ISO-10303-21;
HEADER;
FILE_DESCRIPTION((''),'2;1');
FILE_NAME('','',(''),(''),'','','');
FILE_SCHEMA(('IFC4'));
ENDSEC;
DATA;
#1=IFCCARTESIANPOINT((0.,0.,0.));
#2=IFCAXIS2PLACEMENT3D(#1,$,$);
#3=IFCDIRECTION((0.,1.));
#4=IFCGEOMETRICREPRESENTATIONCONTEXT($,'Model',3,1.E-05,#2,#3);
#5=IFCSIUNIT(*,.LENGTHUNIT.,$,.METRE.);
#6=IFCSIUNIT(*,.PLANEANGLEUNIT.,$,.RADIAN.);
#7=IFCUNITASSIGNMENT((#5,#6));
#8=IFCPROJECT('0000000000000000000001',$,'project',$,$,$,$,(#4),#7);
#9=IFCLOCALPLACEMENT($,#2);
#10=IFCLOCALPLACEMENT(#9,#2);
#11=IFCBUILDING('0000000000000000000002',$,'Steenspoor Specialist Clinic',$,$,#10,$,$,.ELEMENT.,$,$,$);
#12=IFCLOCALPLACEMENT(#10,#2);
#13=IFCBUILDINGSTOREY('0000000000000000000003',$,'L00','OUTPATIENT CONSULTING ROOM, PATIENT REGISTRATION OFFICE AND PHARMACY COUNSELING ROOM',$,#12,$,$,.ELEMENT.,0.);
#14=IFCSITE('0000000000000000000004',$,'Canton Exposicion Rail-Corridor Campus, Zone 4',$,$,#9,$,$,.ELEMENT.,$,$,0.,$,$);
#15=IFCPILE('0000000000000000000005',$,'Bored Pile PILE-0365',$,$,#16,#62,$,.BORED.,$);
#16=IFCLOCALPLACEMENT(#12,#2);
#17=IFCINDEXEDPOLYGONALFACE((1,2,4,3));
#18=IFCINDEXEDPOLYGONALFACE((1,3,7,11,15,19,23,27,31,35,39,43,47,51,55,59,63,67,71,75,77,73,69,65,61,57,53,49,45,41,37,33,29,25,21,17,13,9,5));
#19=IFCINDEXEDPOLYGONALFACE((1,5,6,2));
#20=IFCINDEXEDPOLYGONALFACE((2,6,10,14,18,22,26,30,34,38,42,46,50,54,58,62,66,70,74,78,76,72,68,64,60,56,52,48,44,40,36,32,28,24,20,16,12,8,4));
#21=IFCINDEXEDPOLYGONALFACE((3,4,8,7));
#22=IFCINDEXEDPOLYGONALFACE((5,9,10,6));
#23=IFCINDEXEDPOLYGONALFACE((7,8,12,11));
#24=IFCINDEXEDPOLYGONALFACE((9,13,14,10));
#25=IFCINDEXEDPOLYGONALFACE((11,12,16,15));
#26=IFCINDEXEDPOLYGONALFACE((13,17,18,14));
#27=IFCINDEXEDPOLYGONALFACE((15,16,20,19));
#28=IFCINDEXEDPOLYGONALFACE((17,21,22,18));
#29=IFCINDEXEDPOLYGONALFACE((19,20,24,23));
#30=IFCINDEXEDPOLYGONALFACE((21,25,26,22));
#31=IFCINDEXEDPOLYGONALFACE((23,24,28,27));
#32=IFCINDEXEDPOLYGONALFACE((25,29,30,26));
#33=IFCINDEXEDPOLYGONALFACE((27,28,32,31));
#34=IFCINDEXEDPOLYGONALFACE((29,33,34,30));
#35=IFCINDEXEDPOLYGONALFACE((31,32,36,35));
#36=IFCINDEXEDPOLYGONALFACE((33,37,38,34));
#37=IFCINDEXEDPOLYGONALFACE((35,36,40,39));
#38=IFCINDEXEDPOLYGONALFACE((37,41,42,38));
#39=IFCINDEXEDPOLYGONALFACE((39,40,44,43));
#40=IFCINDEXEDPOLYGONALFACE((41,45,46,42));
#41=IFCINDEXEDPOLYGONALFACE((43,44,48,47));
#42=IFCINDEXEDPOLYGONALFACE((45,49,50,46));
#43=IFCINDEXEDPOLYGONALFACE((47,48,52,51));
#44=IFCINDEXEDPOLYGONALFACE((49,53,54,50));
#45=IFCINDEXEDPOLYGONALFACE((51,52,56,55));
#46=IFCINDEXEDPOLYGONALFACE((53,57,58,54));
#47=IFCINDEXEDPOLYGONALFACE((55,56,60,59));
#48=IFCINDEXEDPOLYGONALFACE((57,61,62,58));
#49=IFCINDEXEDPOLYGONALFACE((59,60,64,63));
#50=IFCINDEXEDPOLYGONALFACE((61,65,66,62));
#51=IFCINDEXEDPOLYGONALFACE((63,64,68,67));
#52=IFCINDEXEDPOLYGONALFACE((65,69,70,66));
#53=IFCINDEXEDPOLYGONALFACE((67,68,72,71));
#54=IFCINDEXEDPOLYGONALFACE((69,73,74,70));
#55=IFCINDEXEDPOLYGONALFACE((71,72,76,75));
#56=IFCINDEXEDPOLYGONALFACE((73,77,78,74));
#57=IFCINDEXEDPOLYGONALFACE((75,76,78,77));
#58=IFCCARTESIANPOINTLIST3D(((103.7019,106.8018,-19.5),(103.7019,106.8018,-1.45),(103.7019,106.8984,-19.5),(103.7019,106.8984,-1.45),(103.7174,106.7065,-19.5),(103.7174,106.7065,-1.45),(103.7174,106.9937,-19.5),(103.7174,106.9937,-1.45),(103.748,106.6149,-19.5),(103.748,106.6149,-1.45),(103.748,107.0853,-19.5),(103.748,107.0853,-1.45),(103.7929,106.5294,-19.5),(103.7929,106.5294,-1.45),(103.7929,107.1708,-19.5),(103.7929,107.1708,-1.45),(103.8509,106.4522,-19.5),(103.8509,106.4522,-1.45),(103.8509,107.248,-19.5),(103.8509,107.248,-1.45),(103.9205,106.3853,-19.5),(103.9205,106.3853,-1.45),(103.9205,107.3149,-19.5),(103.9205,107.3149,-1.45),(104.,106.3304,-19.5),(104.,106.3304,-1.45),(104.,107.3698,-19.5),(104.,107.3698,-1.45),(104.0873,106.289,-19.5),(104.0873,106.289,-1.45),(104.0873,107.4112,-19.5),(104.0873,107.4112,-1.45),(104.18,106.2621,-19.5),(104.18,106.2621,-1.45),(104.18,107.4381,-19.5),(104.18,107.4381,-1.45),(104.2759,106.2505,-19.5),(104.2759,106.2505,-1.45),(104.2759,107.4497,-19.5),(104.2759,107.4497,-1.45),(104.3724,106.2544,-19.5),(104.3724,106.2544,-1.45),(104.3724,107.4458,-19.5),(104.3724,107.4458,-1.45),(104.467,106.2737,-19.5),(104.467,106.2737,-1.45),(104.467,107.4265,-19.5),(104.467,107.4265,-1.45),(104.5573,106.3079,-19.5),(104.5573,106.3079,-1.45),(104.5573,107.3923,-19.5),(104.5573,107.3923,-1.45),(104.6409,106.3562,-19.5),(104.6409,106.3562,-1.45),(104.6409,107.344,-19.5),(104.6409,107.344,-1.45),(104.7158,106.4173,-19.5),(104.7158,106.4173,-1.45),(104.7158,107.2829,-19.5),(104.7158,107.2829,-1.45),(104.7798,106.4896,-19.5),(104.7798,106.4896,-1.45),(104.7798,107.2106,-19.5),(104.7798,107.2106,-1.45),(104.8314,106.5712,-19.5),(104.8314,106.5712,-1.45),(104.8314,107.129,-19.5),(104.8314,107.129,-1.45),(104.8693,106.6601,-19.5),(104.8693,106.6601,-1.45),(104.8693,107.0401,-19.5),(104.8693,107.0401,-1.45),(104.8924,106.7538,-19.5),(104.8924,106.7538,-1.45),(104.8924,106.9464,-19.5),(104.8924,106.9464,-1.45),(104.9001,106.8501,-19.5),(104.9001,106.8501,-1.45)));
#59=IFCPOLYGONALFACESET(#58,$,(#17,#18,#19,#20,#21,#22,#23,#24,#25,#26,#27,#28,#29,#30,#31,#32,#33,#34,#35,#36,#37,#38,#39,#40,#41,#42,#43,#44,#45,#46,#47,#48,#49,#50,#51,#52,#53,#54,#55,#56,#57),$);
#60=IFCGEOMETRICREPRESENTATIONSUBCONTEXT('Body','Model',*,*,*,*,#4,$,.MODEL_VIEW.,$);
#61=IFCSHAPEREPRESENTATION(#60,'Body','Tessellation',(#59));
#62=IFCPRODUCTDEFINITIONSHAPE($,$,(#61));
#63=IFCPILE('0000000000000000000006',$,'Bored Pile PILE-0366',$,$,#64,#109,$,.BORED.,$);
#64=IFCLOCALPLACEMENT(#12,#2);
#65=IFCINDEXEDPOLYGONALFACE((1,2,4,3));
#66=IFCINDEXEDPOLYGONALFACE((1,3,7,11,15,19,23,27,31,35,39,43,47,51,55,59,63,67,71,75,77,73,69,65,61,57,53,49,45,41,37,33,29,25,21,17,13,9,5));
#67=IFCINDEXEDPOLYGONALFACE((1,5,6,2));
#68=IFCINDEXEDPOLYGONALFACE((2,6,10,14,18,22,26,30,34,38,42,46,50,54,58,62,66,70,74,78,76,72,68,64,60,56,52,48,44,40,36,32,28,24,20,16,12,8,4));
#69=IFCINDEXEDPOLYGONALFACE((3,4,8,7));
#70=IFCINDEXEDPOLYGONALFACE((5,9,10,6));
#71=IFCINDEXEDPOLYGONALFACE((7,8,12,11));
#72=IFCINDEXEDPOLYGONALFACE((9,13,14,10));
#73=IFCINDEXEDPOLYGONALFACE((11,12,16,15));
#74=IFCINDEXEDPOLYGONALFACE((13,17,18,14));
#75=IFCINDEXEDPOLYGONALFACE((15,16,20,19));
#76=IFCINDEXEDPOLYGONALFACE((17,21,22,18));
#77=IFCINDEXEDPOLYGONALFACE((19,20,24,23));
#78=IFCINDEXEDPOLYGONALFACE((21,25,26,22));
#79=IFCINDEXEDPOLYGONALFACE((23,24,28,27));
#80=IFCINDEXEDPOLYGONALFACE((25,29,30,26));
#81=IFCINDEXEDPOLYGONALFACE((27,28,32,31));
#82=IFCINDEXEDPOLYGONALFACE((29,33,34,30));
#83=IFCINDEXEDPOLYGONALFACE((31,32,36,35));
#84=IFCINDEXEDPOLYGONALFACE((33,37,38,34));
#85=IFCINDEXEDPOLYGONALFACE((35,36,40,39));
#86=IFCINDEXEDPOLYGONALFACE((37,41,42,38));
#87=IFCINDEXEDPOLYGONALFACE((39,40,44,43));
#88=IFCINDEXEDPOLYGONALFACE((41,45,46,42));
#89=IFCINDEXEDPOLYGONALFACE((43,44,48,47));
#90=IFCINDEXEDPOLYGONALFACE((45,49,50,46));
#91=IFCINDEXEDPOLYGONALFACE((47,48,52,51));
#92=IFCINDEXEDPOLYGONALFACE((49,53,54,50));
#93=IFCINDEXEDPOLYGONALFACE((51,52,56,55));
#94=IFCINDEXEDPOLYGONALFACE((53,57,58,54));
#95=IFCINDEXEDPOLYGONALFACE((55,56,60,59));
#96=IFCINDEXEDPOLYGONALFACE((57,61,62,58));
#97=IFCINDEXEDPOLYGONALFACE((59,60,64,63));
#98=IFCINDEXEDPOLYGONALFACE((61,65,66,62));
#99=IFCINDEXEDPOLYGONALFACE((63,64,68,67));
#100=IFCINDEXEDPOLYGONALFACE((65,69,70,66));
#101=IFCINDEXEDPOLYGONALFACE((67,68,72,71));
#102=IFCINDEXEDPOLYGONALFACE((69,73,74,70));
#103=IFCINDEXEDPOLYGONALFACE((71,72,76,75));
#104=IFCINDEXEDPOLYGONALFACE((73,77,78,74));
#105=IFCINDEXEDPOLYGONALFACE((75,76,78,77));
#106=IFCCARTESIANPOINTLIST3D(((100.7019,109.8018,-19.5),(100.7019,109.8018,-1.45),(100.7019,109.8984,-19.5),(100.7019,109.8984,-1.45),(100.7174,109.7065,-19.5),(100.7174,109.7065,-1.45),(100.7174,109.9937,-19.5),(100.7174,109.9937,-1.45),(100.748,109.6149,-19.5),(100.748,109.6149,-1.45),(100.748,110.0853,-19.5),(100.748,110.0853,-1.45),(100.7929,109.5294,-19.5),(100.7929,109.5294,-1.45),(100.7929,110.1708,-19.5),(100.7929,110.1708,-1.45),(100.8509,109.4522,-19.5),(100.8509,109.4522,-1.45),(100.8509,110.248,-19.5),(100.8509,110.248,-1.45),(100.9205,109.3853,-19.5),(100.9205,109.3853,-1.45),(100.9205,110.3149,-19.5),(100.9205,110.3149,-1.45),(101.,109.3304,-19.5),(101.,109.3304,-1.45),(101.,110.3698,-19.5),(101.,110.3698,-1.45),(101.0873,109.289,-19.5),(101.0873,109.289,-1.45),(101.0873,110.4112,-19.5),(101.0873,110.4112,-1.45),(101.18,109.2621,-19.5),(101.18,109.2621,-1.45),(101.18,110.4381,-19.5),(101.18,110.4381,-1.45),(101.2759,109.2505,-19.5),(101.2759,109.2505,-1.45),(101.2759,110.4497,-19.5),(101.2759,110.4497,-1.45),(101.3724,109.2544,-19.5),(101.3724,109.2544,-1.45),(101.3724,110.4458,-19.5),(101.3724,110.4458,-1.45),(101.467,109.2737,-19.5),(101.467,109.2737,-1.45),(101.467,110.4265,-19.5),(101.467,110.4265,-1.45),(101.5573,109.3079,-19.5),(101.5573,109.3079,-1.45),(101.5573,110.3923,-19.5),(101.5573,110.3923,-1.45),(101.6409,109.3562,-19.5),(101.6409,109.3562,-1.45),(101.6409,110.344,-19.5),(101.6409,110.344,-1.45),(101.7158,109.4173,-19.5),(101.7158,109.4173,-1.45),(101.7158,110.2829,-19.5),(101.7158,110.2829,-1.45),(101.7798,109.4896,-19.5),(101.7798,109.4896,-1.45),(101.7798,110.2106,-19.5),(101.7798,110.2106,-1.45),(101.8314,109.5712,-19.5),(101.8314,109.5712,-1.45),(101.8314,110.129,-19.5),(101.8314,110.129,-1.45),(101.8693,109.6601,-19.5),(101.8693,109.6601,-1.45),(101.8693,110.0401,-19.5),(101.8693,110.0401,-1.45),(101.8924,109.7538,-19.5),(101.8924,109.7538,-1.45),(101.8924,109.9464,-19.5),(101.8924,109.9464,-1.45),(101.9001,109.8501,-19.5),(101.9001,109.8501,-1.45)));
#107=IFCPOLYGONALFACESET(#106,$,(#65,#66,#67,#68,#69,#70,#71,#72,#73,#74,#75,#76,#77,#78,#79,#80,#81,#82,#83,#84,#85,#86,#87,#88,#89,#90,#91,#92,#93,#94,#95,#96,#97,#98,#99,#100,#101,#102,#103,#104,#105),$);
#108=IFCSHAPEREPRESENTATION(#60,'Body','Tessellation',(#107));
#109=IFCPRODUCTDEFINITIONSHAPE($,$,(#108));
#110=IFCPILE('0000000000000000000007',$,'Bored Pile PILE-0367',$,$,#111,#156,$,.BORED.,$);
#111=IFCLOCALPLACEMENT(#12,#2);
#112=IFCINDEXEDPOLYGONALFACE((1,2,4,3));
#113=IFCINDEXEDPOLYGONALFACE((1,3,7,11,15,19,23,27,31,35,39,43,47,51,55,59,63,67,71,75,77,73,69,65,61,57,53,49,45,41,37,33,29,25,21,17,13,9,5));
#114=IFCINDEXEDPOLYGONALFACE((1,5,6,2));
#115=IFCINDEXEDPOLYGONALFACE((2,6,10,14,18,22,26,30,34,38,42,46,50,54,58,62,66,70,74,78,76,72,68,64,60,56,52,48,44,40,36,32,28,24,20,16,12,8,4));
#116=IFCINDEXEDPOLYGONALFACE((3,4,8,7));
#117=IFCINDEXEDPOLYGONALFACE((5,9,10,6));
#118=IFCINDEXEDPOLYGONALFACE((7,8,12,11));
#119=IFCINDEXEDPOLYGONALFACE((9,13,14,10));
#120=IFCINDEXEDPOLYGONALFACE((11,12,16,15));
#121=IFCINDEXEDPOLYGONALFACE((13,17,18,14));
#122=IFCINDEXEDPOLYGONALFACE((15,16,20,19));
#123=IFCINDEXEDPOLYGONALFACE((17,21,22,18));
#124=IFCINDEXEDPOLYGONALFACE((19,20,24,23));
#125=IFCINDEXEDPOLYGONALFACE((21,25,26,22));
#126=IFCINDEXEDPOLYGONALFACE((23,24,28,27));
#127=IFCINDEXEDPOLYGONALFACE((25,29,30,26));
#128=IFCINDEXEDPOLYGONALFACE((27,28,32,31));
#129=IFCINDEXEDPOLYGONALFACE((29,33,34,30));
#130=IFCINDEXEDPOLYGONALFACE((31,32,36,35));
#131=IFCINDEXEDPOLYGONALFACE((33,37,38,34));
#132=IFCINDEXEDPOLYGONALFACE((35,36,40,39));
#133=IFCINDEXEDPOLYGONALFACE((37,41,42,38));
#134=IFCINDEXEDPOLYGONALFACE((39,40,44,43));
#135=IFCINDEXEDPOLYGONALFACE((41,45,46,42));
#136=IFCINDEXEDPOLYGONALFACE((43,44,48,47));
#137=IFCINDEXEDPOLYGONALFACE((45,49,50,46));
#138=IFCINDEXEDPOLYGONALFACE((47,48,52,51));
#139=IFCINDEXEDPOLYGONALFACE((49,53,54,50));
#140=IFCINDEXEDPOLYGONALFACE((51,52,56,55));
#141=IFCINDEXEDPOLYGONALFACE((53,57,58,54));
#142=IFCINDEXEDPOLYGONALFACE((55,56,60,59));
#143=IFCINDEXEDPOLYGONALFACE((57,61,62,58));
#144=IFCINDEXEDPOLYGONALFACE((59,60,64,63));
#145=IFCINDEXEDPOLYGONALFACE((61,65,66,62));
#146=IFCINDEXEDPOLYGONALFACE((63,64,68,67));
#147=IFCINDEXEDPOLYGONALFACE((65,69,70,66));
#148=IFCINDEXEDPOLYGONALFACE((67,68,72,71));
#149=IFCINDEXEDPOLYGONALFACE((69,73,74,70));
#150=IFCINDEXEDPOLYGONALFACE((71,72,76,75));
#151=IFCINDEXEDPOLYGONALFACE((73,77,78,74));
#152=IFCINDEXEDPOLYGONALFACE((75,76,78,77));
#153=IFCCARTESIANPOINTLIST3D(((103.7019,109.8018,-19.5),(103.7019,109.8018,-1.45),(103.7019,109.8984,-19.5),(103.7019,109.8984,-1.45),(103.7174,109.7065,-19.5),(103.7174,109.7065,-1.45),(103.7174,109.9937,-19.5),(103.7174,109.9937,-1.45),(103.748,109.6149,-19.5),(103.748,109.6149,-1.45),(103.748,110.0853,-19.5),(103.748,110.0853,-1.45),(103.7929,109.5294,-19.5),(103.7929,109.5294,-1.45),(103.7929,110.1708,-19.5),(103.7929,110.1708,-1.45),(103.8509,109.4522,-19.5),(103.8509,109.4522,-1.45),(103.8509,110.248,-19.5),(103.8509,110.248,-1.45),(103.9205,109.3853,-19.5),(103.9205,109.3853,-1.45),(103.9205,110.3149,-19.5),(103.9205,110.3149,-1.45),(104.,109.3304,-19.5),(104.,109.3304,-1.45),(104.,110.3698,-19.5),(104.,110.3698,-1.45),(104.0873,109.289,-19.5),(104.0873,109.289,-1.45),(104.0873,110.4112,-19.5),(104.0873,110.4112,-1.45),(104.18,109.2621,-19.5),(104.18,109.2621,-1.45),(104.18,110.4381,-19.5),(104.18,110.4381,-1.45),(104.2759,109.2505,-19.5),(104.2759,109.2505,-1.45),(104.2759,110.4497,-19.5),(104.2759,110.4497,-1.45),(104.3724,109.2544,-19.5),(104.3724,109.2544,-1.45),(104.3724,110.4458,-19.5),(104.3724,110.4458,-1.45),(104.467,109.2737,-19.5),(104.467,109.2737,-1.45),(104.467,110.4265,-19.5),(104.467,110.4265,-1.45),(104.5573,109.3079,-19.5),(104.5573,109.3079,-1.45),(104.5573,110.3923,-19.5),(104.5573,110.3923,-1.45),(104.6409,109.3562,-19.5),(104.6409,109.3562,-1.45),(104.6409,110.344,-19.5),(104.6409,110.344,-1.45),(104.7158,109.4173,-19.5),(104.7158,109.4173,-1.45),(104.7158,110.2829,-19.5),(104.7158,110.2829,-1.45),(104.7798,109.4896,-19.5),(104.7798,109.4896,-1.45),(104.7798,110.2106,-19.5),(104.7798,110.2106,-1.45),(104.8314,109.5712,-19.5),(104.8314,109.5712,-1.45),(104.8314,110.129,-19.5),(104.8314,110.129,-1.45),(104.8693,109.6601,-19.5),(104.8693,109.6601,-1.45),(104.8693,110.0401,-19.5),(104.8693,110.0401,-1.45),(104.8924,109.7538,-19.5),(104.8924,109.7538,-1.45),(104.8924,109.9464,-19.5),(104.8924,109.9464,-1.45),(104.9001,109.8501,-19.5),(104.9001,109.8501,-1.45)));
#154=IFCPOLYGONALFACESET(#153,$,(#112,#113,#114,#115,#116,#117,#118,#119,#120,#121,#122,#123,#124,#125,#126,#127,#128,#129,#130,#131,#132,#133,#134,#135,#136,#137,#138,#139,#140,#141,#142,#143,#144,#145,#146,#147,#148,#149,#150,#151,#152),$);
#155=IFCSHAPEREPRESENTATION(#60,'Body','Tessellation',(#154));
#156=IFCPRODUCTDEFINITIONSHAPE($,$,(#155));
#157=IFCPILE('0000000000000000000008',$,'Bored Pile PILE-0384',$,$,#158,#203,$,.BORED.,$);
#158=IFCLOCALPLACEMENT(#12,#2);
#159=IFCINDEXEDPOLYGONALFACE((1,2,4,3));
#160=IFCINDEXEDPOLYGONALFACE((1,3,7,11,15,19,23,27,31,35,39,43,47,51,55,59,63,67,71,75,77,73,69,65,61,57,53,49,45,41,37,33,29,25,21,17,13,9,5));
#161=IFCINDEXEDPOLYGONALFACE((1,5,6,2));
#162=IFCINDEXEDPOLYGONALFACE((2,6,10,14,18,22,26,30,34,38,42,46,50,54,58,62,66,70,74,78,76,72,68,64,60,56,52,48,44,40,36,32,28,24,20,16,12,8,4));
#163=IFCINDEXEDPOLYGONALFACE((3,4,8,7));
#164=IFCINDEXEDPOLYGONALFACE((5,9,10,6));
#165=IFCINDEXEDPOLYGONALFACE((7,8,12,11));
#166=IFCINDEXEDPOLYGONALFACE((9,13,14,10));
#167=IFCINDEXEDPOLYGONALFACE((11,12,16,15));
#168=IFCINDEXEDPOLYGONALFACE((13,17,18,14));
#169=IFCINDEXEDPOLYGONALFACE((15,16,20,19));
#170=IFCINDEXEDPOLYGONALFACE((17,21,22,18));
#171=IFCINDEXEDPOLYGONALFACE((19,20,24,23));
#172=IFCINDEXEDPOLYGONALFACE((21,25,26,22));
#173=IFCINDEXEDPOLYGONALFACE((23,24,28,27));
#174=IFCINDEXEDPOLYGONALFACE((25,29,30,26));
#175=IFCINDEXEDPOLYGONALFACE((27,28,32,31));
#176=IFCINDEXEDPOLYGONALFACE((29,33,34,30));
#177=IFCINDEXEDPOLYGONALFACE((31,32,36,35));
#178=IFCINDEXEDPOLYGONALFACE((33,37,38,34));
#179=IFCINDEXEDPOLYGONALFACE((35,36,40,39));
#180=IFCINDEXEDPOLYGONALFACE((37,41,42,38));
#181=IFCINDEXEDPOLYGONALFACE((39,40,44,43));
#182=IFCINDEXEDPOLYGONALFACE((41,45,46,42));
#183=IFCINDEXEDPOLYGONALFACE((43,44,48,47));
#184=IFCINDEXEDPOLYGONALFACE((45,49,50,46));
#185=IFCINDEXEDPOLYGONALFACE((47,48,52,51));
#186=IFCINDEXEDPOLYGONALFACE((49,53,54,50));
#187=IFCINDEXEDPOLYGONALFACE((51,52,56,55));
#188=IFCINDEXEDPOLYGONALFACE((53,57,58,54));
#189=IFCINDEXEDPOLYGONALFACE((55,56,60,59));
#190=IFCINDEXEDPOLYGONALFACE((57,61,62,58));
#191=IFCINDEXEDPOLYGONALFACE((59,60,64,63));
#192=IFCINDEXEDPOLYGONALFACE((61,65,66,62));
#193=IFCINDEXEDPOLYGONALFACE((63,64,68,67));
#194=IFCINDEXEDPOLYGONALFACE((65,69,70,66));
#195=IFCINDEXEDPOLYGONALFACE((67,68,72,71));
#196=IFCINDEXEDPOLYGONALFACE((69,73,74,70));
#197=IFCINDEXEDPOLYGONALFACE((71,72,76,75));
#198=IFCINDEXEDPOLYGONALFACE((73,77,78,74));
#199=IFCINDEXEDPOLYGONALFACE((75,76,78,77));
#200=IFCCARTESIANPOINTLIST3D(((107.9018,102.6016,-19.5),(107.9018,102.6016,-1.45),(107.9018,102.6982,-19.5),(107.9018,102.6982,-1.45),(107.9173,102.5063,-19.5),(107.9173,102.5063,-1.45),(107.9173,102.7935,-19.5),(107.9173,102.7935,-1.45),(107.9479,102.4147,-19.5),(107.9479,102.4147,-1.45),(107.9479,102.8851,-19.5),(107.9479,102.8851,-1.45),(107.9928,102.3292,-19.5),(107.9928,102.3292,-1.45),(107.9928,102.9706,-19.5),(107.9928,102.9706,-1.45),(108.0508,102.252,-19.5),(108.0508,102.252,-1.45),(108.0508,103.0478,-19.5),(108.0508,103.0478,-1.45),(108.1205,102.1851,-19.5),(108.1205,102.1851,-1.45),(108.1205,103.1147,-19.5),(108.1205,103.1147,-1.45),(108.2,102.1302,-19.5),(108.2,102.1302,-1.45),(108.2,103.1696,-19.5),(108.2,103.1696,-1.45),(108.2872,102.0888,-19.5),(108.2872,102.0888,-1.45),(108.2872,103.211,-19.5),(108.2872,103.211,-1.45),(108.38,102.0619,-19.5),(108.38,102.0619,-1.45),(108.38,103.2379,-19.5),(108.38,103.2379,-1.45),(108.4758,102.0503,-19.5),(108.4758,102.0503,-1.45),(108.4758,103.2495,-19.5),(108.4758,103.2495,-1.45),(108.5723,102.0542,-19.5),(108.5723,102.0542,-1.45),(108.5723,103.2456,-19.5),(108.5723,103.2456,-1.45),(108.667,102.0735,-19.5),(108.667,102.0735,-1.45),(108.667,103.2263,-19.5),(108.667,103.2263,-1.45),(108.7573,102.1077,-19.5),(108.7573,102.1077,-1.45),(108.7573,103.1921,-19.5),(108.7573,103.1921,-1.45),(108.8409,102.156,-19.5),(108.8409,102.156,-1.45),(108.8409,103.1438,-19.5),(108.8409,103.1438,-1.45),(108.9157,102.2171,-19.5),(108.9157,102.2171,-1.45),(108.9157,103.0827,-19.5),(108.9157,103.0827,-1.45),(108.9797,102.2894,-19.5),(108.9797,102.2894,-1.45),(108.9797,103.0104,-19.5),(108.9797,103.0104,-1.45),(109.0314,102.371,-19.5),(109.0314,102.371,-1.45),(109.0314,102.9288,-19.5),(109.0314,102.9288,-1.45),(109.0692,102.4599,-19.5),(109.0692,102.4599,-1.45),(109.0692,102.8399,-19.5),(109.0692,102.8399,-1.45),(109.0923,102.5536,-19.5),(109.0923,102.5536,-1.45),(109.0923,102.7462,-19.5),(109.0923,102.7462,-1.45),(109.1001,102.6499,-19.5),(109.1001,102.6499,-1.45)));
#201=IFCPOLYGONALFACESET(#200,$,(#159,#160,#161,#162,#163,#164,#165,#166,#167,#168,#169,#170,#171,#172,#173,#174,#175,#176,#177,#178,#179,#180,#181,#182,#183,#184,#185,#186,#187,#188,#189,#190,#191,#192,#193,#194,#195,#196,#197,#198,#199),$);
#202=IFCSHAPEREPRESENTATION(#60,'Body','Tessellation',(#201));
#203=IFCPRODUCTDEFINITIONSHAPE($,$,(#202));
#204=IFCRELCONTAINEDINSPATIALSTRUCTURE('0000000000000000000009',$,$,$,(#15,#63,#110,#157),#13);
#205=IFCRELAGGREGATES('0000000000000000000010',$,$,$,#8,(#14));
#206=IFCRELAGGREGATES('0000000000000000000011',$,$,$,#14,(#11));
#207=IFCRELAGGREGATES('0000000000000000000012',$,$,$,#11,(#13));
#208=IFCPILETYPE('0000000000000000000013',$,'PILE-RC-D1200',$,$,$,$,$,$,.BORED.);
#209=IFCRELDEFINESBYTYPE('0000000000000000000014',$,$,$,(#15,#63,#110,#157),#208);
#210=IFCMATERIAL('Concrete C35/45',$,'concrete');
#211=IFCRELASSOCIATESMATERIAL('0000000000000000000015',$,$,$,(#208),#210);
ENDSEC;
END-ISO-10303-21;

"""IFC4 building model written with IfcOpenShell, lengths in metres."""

from ifc_helpers import new_model, si_unit, direction, frame, origin, origin_2d, place, context, subcontext, project, spatial, circle, extrude, material, material_profile, profile_set, type_object, element, save


model = new_model("IFC4")

# Units and contexts
model_context = context("Model", 3, precision=1e-05, world=origin(), true_north=direction((0.0, 1.0)))
body_context = subcontext(model_context, "Body", "Model", "MODEL_VIEW")
ifc_project = project(units=[si_unit("LENGTHUNIT", "METRE"), si_unit("PLANEANGLEUNIT", "RADIAN")], contexts=[model_context])

# Site, building, storey
site_placement = place(None, origin())
site = spatial("IfcSite", under=ifc_project, at=site_placement, Name="Canton Exposicion Rail-Corridor Campus, Zone 4", CompositionType="ELEMENT", RefElevation=0.0)
building_placement = place(site_placement, origin())
building = spatial("IfcBuilding", under=site, at=building_placement, Name="Steenspoor Specialist Clinic", CompositionType="ELEMENT")
storey_placement = place(building_placement, origin())
storey = spatial("IfcBuildingStorey", under=building, at=storey_placement, Name="L00", Description="OUTPATIENT CONSULTING ROOM, PATIENT REGISTRATION OFFICE AND PHARMACY COUNSELING ROOM", CompositionType="ELEMENT", Elevation=0.0)

# Shared definitions
ifc_material_1 = material(Name="Concrete C35/45", Category="concrete")

# Piles
ifc_material_profile_1 = material_profile(ifc_material_1, circle(Radius=0.6001, at=origin_2d()), Name="PILE-D1200")
ifc_profile_set_1 = profile_set([ifc_material_profile_1], Name="Concrete C35/45")
pile_type_1 = type_object("IfcPileType", Name="PILE-RC-D1200", PredefinedType="BORED", material=ifc_profile_set_1)
for number, where, z_axis, x_axis, name in (
    (1, (104.3, 106.8501, -1.45), (0.0, 0.0, -1.0), (1.0, 0.0, 0.0), "Bored Pile PILE-0365"),
    (2, (101.3, 109.8501, -1.45), (0.0, 0.0, -1.0), (1.0, 0.0, 0.0), "Bored Pile PILE-0366"),
    (3, (104.3, 109.8501, -1.45), (0.0, 0.0, -1.0), (1.0, 0.0, 0.0), "Bored Pile PILE-0367"),
    (4, (108.5, 102.6499, -1.45), (0.0, 0.0, -1.0), (1.0, 0.0, 0.0), "Bored Pile PILE-0384"),
):
    element("IfcPile", number, at=place(storey_placement, frame(where, z_axis=z_axis, x_axis=x_axis)), inside=storey, type_object=pile_type_1, Name=name, PredefinedType="BORED", context=body_context, shape_type="SweptSolid", body=[
        extrude(circle(Radius=0.6001, at=origin_2d()), origin(), (0.0, 0.0, 1.0), 18.05),
    ])

save(model, "model.ifc")
